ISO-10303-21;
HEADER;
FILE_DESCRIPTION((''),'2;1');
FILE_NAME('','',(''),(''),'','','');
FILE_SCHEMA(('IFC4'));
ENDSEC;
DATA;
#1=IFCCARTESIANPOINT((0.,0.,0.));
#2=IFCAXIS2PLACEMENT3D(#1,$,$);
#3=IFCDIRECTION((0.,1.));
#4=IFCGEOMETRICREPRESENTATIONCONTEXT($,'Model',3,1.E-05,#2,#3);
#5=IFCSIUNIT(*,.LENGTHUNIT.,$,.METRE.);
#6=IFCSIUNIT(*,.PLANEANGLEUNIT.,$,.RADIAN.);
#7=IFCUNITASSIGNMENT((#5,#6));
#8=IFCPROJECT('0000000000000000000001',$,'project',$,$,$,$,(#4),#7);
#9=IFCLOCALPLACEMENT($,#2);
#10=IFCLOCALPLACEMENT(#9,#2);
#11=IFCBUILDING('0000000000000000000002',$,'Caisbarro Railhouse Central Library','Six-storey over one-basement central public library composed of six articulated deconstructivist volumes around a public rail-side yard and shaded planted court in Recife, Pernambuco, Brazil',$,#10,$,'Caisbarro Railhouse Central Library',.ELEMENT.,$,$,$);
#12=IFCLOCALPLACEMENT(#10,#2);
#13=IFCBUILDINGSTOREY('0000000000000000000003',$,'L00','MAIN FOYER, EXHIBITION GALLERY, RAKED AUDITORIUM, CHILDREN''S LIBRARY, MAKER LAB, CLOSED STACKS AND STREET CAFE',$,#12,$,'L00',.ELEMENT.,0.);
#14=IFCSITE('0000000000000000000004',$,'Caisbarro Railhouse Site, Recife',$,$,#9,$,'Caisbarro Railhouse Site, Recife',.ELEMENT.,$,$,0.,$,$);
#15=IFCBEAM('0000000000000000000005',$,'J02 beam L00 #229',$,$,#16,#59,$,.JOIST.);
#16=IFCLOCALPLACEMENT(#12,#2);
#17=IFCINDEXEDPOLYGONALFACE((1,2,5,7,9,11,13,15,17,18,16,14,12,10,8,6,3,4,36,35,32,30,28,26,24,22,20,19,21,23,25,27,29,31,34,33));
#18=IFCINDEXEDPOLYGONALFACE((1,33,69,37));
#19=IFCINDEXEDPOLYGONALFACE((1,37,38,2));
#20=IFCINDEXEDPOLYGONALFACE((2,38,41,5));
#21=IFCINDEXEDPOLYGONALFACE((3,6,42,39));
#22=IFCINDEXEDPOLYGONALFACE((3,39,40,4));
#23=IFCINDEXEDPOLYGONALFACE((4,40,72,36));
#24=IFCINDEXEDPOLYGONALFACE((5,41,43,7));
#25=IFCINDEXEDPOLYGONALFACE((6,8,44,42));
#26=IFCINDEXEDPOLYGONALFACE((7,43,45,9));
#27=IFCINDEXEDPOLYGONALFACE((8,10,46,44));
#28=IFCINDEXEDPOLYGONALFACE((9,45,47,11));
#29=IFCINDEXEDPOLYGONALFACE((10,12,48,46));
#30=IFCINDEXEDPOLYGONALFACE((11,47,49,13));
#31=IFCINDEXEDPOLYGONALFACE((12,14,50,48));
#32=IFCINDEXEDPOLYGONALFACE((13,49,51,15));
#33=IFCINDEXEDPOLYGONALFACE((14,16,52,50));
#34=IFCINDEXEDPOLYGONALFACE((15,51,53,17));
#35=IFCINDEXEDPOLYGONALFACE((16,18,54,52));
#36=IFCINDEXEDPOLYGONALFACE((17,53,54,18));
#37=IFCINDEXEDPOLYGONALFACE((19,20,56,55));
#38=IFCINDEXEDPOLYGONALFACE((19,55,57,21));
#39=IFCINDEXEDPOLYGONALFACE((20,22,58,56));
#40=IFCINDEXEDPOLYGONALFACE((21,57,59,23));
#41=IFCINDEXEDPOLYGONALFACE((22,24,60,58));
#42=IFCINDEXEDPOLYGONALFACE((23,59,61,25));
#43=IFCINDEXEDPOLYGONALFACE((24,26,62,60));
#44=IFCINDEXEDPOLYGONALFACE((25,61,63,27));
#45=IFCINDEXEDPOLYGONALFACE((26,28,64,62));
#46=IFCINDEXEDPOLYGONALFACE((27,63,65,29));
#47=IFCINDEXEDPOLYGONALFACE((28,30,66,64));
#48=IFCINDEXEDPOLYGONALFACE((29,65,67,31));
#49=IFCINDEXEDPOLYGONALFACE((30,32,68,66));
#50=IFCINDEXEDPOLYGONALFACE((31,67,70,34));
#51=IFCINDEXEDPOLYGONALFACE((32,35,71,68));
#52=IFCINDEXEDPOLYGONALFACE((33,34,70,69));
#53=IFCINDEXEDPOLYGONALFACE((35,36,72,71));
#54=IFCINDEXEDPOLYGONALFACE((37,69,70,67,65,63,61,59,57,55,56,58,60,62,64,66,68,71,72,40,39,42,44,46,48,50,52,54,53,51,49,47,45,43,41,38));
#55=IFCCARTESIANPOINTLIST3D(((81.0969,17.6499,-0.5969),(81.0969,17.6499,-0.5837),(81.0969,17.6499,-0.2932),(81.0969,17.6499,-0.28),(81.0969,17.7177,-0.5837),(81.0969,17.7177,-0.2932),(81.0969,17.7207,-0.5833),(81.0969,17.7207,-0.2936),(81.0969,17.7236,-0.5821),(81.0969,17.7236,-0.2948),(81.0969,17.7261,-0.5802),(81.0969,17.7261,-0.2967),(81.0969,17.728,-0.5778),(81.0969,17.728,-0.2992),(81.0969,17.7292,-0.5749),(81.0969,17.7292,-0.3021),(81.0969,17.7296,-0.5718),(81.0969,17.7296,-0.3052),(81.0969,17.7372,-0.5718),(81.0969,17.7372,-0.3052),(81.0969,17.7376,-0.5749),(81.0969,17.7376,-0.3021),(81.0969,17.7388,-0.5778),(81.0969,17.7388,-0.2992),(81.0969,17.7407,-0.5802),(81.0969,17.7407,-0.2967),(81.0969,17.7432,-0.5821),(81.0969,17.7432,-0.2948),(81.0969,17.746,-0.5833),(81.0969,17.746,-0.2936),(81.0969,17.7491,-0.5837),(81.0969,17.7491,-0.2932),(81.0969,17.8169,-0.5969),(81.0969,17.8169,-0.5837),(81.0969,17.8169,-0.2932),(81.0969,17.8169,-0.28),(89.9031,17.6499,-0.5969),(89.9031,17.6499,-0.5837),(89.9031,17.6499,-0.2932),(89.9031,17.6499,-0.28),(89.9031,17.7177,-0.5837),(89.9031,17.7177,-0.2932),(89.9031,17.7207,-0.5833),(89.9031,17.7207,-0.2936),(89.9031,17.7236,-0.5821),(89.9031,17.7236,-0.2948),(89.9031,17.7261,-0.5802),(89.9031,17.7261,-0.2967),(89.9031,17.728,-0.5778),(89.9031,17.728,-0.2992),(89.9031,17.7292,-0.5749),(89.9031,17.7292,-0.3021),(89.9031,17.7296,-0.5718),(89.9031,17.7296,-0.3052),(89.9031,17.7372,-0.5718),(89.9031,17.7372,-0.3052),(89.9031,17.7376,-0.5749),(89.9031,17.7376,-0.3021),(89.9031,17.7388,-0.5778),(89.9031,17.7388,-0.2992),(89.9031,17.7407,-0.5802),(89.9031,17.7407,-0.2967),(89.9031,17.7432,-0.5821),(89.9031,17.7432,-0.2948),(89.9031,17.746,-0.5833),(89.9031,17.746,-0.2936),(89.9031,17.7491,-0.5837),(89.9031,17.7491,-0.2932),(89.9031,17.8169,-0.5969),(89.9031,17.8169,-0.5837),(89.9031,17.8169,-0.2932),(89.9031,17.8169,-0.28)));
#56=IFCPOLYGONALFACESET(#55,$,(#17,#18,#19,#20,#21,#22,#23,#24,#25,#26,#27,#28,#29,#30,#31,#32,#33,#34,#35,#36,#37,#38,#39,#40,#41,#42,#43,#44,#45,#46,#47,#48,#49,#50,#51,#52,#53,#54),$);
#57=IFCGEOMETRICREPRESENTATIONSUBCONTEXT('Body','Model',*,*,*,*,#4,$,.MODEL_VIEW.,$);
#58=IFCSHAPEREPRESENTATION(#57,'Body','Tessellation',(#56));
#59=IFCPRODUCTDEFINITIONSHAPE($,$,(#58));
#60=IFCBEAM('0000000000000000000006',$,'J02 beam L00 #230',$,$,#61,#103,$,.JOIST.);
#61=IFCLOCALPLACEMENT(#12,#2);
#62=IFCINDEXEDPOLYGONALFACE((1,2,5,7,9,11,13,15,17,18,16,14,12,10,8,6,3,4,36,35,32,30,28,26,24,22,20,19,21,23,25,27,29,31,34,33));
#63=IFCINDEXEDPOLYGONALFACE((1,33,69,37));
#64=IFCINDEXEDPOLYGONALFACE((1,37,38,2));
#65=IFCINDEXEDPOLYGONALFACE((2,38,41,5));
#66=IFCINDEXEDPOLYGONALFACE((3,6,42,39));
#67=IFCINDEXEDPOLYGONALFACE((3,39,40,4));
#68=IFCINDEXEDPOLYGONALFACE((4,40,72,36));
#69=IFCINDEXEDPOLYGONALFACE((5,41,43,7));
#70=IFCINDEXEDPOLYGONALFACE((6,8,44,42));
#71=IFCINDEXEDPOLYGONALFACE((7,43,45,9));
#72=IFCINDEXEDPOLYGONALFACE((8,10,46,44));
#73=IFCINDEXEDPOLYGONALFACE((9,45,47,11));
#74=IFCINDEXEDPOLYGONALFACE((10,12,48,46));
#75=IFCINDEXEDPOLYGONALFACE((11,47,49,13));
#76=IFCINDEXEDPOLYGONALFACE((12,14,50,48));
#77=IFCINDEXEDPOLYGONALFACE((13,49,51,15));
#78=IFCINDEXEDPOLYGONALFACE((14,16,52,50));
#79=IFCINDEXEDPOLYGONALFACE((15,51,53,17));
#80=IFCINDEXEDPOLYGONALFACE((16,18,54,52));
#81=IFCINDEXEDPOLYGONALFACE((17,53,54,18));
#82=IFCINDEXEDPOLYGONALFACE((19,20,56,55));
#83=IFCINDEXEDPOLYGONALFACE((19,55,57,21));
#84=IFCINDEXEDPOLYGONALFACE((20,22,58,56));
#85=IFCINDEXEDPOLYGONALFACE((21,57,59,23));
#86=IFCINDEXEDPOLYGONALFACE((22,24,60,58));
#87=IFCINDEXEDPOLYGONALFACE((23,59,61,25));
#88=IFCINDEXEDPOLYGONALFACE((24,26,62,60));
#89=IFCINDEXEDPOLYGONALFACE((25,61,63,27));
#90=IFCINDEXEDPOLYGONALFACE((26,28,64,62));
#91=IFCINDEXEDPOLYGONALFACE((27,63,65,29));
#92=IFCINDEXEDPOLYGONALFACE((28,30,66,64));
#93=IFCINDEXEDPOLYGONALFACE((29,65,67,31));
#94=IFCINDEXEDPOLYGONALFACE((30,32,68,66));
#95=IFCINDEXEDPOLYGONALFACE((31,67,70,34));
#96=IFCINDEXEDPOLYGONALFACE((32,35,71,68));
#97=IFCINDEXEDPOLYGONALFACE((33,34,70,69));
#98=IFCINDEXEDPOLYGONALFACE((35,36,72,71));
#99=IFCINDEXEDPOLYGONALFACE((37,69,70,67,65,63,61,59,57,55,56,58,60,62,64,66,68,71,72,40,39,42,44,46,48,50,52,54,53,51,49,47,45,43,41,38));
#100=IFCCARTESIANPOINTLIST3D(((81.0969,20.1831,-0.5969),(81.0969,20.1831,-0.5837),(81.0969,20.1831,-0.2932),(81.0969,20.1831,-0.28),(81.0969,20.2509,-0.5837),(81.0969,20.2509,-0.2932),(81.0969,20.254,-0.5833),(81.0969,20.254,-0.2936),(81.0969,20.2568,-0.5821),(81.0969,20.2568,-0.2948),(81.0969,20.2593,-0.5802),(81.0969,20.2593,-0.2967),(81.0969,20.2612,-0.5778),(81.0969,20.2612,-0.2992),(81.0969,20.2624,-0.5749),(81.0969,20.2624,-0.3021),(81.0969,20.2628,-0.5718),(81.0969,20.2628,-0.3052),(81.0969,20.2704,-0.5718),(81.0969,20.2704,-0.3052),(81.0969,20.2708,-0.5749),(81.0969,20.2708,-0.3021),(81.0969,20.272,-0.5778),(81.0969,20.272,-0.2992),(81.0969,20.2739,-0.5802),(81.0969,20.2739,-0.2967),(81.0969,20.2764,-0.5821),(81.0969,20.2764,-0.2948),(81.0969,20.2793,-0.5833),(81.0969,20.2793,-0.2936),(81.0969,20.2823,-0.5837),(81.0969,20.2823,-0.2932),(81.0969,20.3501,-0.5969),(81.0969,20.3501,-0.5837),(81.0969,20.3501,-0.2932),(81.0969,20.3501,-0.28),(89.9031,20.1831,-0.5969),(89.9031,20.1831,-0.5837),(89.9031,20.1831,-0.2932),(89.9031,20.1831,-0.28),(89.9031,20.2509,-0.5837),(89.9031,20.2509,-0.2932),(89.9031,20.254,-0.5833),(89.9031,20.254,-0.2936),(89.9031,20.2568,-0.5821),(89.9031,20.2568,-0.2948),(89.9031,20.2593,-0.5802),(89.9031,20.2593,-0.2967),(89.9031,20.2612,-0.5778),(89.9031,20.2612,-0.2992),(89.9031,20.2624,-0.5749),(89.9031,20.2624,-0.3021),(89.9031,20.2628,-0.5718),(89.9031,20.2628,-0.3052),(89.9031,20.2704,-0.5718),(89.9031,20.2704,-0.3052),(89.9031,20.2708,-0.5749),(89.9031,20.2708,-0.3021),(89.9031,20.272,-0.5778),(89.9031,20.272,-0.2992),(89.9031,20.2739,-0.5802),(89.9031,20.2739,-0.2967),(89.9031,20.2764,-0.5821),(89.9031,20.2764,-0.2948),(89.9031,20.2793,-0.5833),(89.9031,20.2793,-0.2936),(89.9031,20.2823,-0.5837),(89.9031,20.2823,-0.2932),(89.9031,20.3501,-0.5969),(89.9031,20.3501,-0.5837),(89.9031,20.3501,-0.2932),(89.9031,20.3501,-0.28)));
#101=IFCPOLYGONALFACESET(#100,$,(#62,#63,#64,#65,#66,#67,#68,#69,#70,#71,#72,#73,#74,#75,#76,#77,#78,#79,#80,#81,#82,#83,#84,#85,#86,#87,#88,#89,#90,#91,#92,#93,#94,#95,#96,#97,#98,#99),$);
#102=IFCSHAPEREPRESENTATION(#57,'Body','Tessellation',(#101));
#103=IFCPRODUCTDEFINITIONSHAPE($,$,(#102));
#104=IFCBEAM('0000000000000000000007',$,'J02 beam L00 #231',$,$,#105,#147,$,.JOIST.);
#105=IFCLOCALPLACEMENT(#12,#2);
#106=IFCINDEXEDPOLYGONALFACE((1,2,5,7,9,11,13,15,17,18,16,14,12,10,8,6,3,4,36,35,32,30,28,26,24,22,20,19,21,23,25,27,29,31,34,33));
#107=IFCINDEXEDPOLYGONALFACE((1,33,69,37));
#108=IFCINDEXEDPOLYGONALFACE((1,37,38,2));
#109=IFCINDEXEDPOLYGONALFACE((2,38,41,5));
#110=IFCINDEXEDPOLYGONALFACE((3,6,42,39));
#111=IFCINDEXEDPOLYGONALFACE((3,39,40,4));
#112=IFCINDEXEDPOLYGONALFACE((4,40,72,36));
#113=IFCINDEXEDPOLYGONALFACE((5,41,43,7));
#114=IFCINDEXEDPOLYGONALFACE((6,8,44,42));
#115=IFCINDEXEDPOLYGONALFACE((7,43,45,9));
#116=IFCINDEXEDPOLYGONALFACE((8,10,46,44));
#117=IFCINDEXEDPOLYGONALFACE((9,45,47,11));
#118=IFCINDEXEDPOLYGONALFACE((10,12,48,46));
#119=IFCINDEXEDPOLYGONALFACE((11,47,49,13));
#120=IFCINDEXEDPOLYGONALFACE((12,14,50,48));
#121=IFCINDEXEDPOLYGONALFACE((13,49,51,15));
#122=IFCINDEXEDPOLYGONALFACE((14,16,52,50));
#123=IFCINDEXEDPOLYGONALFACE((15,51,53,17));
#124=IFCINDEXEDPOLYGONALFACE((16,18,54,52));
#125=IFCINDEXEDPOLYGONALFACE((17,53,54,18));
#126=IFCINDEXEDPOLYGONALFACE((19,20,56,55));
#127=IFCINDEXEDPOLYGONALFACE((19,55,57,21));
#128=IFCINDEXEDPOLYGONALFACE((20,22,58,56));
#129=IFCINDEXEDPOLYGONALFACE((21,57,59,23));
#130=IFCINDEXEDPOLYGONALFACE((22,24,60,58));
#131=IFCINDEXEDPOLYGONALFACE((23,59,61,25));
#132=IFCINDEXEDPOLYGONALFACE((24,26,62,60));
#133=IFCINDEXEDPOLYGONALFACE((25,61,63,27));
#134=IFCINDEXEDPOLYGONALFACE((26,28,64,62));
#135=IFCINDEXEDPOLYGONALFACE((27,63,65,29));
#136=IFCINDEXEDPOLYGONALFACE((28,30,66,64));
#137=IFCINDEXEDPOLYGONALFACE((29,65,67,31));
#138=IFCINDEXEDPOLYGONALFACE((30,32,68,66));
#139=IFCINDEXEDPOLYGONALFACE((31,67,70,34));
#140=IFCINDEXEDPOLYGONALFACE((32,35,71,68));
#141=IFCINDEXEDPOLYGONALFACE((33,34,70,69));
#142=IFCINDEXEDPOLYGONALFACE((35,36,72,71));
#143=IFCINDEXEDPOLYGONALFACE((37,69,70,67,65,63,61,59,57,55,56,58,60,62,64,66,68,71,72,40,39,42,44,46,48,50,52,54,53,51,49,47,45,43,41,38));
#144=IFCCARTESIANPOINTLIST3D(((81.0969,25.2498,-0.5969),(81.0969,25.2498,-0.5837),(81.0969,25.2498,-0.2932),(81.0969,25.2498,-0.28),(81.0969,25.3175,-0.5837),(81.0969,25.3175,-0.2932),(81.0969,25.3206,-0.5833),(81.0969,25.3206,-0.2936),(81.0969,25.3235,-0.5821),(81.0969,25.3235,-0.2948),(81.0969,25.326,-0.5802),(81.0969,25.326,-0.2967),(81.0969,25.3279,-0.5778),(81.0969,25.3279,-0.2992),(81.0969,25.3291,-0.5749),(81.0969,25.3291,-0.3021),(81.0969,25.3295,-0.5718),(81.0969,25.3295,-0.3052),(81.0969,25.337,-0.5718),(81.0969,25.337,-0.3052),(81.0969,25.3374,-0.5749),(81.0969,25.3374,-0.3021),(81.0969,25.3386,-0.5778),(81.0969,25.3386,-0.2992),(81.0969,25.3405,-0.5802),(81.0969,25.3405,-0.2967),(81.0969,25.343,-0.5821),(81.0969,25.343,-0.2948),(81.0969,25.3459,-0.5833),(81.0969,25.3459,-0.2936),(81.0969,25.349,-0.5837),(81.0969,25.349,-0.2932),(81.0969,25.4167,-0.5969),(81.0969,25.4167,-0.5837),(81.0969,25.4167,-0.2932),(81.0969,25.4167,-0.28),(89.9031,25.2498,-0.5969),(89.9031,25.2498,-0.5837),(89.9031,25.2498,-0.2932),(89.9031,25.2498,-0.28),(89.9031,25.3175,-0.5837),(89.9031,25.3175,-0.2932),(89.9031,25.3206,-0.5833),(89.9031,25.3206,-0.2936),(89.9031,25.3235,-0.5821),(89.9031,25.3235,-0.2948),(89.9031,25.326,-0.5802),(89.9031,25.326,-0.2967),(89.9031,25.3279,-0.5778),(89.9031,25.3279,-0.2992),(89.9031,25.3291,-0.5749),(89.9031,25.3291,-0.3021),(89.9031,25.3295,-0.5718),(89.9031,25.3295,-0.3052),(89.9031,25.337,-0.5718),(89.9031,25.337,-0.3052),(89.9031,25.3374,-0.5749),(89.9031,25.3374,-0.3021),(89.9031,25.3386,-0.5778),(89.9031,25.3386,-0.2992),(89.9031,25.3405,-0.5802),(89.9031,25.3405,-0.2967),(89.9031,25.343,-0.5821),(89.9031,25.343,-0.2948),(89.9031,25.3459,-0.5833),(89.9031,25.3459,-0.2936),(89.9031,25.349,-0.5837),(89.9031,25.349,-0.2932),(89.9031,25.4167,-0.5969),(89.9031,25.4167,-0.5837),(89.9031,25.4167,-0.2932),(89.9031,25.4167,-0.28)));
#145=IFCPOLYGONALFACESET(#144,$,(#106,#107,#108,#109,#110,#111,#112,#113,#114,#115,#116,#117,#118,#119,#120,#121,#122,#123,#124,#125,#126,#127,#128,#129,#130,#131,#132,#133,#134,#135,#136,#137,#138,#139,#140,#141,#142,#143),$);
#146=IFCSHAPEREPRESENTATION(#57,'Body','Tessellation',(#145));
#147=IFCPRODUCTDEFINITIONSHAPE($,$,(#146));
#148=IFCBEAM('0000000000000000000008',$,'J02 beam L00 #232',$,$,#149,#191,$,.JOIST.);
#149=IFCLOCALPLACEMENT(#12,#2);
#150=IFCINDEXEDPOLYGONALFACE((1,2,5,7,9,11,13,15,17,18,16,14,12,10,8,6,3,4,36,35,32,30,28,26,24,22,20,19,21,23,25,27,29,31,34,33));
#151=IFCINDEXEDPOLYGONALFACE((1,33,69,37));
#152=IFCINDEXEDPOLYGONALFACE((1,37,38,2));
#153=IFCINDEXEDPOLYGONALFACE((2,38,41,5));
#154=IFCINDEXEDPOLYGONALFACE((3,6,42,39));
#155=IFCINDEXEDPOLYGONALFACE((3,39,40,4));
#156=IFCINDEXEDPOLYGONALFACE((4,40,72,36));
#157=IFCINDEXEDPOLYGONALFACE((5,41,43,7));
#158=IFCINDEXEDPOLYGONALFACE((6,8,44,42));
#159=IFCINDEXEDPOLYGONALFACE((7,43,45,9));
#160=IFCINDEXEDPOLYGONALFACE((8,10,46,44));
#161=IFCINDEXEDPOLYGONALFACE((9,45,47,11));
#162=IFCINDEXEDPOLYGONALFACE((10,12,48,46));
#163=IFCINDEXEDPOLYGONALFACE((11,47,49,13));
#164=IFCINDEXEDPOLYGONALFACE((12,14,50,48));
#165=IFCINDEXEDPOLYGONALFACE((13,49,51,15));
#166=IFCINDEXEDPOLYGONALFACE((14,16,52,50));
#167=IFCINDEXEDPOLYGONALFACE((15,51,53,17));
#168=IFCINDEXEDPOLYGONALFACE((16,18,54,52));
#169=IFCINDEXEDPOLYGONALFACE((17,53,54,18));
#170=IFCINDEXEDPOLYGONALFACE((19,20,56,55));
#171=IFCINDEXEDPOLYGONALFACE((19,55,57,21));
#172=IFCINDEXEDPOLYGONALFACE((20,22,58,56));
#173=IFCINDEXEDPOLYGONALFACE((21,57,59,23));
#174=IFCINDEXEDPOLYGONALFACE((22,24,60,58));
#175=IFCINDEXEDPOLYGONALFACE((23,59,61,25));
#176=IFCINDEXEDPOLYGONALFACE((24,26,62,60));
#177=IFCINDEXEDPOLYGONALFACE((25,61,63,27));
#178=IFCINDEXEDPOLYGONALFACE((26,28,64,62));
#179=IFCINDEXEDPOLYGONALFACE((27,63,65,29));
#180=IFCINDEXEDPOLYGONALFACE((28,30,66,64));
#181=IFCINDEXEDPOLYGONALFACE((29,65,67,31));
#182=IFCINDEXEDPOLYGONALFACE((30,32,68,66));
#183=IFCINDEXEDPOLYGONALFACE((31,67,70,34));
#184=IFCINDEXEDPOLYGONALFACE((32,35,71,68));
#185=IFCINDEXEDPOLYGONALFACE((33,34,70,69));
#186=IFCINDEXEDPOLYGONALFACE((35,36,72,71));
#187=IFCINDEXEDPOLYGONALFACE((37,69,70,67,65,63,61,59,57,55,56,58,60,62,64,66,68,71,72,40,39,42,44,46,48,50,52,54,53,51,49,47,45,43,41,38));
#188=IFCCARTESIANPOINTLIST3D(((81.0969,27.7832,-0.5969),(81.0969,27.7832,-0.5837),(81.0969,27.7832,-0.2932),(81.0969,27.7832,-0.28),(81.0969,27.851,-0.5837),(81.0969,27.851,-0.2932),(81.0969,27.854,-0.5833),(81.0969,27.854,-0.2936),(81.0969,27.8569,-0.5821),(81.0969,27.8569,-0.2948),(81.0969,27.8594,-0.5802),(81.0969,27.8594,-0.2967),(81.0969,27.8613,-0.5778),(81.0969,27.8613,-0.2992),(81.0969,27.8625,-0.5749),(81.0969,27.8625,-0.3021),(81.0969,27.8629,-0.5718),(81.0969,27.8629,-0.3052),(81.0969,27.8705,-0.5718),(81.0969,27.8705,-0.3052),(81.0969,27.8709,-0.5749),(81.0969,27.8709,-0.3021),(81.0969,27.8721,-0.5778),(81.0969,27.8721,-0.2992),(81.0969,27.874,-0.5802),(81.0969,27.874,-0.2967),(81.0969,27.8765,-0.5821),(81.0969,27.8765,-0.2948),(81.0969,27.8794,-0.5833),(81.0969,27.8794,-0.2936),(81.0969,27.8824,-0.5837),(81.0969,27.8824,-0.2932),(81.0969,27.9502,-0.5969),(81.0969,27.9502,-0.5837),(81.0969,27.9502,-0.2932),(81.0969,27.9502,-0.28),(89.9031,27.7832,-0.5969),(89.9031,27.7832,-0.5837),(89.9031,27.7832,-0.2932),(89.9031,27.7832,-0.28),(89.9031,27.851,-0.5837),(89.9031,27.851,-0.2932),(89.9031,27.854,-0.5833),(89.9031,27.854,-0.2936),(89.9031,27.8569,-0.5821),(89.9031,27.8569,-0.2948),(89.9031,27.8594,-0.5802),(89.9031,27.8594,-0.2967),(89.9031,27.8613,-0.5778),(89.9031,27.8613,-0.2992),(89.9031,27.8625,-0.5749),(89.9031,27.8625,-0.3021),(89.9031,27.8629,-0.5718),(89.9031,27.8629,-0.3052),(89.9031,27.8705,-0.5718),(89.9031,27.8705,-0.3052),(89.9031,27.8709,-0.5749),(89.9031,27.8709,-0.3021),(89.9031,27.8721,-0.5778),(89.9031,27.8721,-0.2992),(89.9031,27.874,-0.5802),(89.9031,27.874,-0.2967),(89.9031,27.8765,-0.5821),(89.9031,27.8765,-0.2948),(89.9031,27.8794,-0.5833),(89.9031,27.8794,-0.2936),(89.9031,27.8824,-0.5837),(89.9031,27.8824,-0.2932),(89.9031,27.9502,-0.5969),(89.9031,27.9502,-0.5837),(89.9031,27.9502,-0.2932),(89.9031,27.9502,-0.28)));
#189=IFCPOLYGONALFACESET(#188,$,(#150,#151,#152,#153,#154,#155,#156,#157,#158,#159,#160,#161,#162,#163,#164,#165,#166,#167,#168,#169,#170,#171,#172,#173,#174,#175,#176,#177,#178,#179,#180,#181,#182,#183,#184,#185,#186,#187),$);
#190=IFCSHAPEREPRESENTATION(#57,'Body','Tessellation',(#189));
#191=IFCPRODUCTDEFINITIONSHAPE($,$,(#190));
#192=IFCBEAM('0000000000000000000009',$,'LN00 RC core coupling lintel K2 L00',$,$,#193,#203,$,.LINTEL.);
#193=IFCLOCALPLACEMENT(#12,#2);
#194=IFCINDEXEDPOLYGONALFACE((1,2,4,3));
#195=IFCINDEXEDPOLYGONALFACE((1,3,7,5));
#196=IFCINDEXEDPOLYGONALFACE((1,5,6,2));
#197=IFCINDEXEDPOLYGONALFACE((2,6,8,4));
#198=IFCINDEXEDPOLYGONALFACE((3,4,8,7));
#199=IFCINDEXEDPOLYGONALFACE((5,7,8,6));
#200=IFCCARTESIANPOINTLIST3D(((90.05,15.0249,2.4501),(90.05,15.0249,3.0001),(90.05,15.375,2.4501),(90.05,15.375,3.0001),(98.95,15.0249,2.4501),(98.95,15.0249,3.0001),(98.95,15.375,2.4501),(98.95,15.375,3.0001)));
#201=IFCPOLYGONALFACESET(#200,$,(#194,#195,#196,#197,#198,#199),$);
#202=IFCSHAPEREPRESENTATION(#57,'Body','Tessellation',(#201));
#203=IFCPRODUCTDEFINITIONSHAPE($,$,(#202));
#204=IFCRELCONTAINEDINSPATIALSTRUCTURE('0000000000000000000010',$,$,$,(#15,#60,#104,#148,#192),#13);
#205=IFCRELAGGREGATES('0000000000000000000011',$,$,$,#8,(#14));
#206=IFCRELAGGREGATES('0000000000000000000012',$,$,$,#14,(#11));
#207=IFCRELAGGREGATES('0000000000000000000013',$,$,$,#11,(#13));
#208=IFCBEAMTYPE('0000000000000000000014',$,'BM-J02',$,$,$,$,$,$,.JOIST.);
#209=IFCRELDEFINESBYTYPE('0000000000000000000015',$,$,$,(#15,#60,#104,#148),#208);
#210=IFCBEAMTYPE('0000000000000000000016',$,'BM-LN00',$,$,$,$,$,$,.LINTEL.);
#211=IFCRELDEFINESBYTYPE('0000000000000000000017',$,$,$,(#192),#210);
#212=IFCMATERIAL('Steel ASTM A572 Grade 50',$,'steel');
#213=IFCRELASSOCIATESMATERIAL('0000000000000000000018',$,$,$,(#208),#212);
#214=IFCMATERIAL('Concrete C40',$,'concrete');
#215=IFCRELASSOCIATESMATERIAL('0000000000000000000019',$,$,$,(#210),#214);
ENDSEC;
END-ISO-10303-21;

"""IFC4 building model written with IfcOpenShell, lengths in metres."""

from ifc_helpers import new_model, si_unit, direction, frame, origin, origin_2d, place, context, subcontext, project, spatial, rectangle, i_section, extrude, material, material_profile, profile_set, type_object, element, save


model = new_model("IFC4")

# Units and contexts
model_context = context("Model", 3, precision=1e-05, world=origin(), true_north=direction((0.0, 1.0)))
body_context = subcontext(model_context, "Body", "Model", "MODEL_VIEW")
ifc_project = project(units=[si_unit("LENGTHUNIT", "METRE"), si_unit("PLANEANGLEUNIT", "RADIAN")], contexts=[model_context])

# Site, building, storey
site_placement = place(None, origin())
site = spatial("IfcSite", under=ifc_project, at=site_placement, Name="Caisbarro Railhouse Site, Recife", LongName="Caisbarro Railhouse Site, Recife", CompositionType="ELEMENT", RefElevation=0.0)
building_placement = place(site_placement, origin())
building = spatial("IfcBuilding", under=site, at=building_placement, Name="Caisbarro Railhouse Central Library", Description="Six-storey over one-basement central public library composed of six articulated deconstructivist volumes around a public rail-side yard and shaded planted court in Recife, Pernambuco, Brazil", LongName="Caisbarro Railhouse Central Library", CompositionType="ELEMENT")
storey_placement = place(building_placement, origin())
storey = spatial("IfcBuildingStorey", under=building, at=storey_placement, Name="L00", Description="MAIN FOYER, EXHIBITION GALLERY, RAKED AUDITORIUM, CHILDREN'S LIBRARY, MAKER LAB, CLOSED STACKS AND STREET CAFE", LongName="L00", CompositionType="ELEMENT", Elevation=0.0)

# Shared definitions
ifc_material_1 = material(Name="Steel ASTM A572 Grade 50", Category="steel")

# Beams
ifc_material_profile_1 = material_profile(ifc_material_1, i_section(OverallWidth=0.167, OverallDepth=0.3169, WebThickness=0.0076, FlangeThickness=0.0132, FilletRadius=0.012, at=origin_2d()), Name="W310X52.0")
ifc_profile_set_1 = profile_set([ifc_material_profile_1], Name="Steel ASTM A572 Grade 50")
beam_type_1 = type_object("IfcBeamType", Name="BM-J02", PredefinedType="JOIST", material=ifc_profile_set_1)
for number, where, z_axis, x_axis, name in (
    (1, (81.0969, 17.7334, -0.4385), (1.0, 0.0, 0.0), (0.0, 1.0, 0.0), "J02 beam L00 #229"),
    (2, (81.0969, 20.2666, -0.4385), (1.0, 0.0, 0.0), (0.0, 1.0, 0.0), "J02 beam L00 #230"),
    (3, (81.0969, 25.3333, -0.4385), (1.0, 0.0, 0.0), (0.0, 1.0, 0.0), "J02 beam L00 #231"),
    (4, (81.0969, 27.8667, -0.4385), (1.0, 0.0, 0.0), (0.0, 1.0, 0.0), "J02 beam L00 #232"),
):
    element("IfcBeam", number, at=place(storey_placement, frame(where, z_axis=z_axis, x_axis=x_axis)), inside=storey, type_object=beam_type_1, Name=name, PredefinedType="JOIST", context=body_context, shape_type="SweptSolid", body=[
        extrude(i_section(OverallWidth=0.167, OverallDepth=0.3169, WebThickness=0.0076, FlangeThickness=0.0132, FilletRadius=0.012, at=origin_2d()), origin(), (0.0, 0.0, 1.0), 8.8062),
    ])
ifc_material_2 = material(Name="Concrete C40", Category="concrete")
ifc_material_profile_2 = material_profile(ifc_material_2, rectangle(XDim=0.3501, YDim=0.55, at=origin_2d()), Name="RC-LIN-350X550")
ifc_profile_set_2 = profile_set([ifc_material_profile_2], Name="Concrete C40")
beam_type_2 = type_object("IfcBeamType", Name="BM-LN00", PredefinedType="LINTEL", material=ifc_profile_set_2)
beam_1_placement = place(storey_placement, frame((90.05, 15.2, 2.7251), z_axis=(1.0, 0.0, 0.0), x_axis=(0.0, 1.0, 0.0)))
element("IfcBeam", 5, at=beam_1_placement, inside=storey, type_object=beam_type_2, Name="LN00 RC core coupling lintel K2 L00", PredefinedType="LINTEL", context=body_context, shape_type="SweptSolid", body=[
    extrude(rectangle(XDim=0.3501, YDim=0.55, at=origin_2d()), origin(), (0.0, 0.0, 1.0), 8.8999),
])

save(model, "model.ifc")
